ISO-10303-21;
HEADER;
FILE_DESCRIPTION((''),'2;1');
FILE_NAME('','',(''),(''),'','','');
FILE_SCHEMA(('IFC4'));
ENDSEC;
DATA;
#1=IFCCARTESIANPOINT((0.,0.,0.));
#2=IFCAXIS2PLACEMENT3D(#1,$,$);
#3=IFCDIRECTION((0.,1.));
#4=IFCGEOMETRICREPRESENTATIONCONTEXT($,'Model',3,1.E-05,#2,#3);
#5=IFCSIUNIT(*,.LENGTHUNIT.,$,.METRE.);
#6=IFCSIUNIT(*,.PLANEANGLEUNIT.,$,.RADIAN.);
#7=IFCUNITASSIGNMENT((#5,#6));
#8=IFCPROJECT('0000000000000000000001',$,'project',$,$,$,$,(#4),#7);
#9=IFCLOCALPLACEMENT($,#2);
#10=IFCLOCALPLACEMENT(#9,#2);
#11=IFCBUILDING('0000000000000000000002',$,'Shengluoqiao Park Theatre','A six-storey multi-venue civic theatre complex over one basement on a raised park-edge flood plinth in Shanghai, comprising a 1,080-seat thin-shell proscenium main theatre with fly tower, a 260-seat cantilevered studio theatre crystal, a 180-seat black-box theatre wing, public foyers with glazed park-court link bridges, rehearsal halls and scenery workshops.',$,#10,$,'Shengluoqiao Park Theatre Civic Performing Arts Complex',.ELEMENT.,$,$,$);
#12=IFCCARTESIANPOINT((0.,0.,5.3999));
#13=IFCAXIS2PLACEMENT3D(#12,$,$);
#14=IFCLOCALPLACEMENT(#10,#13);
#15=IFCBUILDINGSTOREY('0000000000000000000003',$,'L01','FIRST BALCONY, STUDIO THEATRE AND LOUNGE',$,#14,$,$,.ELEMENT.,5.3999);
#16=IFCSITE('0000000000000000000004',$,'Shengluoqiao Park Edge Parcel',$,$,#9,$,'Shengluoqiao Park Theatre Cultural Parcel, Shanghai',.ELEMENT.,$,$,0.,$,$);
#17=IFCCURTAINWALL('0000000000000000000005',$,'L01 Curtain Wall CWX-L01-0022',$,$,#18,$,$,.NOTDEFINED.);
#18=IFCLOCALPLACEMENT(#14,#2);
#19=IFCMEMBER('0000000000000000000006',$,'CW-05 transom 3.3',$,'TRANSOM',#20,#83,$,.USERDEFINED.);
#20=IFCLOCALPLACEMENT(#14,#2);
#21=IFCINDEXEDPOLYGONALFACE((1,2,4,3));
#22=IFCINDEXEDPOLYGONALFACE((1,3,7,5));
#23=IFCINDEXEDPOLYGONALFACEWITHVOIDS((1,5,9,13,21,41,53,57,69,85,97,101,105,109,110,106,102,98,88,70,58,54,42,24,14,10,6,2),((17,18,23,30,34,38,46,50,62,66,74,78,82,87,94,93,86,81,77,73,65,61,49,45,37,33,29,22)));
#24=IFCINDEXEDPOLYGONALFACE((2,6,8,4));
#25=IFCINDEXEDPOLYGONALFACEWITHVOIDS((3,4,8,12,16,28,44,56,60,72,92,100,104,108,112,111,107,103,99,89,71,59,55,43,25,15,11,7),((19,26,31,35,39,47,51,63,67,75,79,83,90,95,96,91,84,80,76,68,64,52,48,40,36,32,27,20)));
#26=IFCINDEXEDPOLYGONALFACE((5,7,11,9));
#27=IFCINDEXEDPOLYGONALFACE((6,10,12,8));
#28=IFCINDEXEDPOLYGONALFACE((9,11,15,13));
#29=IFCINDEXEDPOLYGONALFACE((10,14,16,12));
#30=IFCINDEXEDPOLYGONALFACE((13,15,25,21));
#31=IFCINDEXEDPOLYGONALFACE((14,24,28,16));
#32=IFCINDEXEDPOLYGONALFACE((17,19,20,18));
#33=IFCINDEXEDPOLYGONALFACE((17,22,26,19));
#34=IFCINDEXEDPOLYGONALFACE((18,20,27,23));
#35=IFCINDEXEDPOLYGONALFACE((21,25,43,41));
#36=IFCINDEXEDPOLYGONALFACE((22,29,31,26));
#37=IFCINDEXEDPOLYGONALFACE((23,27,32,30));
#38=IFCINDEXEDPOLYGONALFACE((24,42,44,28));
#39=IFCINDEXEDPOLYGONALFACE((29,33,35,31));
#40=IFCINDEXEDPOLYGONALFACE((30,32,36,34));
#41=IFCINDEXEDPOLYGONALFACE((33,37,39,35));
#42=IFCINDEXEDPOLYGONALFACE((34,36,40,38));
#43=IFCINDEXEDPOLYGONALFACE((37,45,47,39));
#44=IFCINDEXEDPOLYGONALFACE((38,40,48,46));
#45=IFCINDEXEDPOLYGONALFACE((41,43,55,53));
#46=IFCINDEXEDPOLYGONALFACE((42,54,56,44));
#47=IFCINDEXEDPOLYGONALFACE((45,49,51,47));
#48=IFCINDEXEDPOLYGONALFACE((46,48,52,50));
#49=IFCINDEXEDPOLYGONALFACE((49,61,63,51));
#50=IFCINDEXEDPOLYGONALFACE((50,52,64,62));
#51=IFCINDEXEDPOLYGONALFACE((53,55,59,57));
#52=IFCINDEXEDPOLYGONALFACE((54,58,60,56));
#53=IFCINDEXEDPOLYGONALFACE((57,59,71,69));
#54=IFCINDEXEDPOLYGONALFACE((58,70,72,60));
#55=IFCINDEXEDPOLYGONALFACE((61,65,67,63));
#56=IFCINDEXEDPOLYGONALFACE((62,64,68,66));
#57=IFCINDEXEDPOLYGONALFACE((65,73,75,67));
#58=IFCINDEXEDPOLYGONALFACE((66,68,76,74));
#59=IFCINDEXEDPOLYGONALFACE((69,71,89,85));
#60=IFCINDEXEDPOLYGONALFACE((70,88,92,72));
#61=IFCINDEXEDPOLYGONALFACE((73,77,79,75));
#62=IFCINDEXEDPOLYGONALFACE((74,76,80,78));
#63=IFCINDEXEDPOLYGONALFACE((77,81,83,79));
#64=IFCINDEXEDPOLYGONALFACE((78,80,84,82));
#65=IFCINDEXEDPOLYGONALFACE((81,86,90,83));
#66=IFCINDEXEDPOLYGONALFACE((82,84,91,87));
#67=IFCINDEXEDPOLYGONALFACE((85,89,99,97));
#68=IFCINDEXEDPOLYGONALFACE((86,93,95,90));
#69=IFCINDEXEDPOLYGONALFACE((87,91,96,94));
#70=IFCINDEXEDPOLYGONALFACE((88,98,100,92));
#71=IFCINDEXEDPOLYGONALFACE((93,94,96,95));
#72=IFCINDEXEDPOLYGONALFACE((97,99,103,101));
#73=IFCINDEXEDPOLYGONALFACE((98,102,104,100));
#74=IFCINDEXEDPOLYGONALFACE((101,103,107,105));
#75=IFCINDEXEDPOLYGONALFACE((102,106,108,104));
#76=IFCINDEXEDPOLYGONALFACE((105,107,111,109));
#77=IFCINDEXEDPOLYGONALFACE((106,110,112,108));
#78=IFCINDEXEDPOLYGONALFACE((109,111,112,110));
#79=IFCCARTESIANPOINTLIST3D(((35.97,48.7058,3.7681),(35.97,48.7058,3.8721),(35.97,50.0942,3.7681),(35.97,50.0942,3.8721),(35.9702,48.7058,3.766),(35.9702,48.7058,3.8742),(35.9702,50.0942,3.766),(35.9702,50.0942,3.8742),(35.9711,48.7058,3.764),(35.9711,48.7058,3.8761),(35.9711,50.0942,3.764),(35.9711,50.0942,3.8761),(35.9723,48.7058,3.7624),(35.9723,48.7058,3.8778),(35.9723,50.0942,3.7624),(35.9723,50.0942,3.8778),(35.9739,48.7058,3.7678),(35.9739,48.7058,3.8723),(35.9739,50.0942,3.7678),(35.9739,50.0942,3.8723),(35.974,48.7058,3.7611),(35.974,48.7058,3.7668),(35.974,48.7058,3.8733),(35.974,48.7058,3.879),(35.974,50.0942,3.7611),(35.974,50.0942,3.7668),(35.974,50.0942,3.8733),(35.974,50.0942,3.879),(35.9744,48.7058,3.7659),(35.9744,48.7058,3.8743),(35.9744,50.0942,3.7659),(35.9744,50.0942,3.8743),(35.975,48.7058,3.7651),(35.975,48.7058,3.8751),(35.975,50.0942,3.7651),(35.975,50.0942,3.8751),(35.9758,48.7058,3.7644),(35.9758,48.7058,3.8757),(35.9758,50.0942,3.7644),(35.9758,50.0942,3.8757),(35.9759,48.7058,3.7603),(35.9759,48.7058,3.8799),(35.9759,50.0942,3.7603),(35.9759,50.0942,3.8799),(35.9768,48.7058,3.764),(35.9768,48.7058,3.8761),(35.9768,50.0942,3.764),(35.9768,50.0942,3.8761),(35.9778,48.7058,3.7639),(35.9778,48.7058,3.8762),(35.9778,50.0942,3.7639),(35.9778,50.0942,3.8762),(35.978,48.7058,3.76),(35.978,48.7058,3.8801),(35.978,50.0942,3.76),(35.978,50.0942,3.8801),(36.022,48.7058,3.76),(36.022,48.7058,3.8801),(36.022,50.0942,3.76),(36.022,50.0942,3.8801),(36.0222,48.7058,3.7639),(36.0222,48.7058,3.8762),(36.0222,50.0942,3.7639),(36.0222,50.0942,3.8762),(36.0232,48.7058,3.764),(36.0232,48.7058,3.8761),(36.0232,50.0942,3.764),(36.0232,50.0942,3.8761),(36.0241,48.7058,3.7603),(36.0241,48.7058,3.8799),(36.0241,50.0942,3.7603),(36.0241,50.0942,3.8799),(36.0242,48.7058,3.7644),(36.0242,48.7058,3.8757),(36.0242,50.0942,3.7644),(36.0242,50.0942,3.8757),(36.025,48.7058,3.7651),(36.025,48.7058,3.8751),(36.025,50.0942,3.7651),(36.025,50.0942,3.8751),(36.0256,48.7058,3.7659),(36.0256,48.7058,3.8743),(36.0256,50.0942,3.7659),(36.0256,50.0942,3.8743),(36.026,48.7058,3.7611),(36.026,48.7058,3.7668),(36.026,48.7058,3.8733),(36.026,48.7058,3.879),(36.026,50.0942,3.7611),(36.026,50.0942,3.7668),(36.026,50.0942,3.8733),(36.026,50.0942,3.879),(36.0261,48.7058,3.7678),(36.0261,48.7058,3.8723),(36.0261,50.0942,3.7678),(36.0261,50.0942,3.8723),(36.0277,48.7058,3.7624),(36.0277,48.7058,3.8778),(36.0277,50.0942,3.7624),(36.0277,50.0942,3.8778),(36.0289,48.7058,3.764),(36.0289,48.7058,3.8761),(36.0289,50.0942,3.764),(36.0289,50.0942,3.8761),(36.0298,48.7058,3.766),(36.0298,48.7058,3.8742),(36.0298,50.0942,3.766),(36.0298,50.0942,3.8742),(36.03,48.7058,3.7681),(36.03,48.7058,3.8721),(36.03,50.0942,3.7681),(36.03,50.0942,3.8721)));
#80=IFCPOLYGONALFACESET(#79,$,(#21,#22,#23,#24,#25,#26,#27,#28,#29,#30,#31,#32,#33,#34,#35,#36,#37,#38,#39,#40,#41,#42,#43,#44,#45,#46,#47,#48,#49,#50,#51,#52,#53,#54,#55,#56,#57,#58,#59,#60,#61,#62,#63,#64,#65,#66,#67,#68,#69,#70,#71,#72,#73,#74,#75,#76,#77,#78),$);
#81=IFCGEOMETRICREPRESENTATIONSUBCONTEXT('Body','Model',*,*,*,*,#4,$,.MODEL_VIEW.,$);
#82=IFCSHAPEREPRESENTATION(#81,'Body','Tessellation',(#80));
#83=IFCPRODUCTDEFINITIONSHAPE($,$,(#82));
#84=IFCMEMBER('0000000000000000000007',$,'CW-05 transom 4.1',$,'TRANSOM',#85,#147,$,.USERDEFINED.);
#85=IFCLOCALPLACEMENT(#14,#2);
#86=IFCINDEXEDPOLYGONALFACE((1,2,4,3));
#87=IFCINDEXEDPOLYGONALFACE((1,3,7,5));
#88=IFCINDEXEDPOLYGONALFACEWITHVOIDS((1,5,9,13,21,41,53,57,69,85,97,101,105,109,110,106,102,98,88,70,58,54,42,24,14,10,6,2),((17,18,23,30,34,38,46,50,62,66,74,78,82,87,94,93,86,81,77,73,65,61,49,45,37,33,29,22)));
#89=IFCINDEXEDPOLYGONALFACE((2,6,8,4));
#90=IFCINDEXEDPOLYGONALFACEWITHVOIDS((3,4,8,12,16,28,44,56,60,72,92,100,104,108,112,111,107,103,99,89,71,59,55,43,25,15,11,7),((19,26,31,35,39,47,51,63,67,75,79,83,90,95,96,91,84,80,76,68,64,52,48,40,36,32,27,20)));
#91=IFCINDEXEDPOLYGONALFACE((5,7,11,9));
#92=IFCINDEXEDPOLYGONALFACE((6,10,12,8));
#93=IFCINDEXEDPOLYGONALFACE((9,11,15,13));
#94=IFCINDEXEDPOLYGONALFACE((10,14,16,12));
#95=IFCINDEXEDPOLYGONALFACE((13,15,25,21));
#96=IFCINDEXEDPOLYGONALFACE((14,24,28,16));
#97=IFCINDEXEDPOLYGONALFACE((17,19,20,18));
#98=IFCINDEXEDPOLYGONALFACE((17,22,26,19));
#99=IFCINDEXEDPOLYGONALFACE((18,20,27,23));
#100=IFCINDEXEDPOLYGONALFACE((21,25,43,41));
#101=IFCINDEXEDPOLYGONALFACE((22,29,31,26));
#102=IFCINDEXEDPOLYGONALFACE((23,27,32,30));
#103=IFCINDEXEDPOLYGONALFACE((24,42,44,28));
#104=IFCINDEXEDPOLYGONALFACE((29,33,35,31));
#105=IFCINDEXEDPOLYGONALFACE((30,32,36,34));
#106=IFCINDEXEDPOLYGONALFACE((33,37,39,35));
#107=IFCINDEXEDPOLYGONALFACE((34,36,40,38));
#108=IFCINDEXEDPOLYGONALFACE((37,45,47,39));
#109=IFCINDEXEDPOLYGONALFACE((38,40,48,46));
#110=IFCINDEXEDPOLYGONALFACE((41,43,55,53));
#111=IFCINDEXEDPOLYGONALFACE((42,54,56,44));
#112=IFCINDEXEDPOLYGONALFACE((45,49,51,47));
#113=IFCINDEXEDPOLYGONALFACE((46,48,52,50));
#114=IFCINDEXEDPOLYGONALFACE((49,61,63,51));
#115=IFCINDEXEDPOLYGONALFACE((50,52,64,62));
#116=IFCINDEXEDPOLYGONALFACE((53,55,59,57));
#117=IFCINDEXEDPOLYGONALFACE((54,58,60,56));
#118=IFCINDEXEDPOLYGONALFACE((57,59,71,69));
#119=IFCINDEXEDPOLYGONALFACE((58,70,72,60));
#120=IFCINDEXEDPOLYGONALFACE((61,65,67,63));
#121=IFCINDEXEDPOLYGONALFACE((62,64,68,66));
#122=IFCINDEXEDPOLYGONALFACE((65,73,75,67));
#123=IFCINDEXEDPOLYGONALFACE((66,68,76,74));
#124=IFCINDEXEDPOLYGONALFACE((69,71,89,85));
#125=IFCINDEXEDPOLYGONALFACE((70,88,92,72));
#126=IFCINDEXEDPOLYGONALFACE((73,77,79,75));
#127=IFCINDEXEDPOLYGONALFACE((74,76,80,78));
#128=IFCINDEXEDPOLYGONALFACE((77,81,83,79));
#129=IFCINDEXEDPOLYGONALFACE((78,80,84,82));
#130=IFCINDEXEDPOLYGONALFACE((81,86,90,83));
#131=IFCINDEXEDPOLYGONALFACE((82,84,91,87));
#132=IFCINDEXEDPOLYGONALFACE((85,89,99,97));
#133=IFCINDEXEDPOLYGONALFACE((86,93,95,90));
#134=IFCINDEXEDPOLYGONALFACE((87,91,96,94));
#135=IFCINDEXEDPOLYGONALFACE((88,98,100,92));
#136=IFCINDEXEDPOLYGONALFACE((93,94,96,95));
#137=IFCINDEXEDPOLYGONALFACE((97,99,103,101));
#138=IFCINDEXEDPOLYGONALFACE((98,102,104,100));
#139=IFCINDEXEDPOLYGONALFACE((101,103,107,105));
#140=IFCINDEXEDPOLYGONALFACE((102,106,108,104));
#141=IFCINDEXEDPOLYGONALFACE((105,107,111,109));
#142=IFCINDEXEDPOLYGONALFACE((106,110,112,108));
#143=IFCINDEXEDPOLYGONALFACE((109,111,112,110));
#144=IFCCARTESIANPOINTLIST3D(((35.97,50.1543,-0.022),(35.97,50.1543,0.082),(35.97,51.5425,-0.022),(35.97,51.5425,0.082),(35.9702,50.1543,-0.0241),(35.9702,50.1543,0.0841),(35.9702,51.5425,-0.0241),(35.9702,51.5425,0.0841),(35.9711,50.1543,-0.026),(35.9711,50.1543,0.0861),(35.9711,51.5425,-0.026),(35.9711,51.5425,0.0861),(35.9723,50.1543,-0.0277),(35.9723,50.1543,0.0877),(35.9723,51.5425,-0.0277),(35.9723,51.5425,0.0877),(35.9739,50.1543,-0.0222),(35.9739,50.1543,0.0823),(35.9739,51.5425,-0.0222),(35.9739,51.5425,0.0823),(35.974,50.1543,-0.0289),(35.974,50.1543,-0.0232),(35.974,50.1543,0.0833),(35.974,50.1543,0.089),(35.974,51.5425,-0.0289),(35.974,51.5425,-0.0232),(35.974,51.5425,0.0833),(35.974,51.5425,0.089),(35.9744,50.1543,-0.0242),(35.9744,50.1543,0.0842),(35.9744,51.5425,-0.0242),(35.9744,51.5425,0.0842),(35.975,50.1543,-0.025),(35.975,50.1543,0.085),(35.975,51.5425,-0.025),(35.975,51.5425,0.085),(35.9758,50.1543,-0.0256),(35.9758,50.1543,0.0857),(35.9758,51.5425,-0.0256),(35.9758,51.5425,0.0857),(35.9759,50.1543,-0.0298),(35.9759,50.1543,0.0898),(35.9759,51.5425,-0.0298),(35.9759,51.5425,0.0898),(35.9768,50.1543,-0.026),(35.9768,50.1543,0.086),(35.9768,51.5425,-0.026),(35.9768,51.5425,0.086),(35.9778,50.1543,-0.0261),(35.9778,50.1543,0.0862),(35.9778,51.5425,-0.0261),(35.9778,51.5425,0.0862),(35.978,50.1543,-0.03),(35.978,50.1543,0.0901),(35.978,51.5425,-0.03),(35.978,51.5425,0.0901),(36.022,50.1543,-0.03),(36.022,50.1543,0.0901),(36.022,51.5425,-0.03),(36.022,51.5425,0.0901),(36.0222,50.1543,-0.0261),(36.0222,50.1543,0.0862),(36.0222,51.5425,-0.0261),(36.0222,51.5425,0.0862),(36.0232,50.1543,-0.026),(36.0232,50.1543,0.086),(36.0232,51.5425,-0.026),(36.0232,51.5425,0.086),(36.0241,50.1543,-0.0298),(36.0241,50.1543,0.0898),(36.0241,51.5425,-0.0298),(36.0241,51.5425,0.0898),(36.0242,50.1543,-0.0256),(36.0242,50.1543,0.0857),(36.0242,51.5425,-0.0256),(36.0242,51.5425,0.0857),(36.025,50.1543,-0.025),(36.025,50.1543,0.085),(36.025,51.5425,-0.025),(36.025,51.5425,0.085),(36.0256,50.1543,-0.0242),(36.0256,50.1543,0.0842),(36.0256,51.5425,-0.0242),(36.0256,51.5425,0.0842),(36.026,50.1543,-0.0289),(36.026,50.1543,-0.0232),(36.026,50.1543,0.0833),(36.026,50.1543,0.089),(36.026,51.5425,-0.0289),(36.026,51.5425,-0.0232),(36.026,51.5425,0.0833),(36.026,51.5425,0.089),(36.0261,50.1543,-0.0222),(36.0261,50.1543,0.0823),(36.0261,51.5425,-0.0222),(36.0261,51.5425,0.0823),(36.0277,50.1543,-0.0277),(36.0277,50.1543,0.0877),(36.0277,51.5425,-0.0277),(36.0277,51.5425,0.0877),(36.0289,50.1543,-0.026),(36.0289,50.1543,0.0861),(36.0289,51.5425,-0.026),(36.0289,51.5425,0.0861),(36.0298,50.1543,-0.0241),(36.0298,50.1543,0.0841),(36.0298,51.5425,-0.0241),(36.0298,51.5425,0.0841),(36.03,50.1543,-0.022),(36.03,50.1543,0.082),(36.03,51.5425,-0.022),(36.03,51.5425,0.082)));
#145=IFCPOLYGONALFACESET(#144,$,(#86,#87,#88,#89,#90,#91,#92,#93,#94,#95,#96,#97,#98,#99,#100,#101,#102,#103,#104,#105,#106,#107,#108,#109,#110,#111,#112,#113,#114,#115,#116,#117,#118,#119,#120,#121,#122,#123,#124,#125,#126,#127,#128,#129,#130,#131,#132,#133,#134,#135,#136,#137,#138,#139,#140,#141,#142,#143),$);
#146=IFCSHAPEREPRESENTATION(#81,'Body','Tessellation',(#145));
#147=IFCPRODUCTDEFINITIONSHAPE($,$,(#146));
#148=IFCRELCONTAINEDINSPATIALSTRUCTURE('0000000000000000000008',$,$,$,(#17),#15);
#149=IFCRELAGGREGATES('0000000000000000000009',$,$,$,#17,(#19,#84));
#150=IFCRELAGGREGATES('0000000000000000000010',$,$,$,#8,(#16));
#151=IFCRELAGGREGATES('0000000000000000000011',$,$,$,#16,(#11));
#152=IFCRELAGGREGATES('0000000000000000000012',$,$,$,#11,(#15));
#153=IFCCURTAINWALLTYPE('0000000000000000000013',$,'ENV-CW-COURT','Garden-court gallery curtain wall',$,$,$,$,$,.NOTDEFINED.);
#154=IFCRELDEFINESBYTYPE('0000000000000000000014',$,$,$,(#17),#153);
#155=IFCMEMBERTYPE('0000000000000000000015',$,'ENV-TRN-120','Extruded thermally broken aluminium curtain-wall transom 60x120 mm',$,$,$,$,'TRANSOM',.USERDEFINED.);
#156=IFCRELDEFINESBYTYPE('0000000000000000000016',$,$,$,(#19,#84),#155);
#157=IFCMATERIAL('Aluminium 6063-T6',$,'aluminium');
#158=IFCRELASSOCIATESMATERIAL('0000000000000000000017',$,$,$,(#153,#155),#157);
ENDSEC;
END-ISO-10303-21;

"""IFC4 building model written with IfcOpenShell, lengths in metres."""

from ifc_helpers import new_model, si_unit, direction, frame, origin, origin_2d, place, context, subcontext, project, spatial, hollow_rectangle, extrude, material, material_profile, profile_set, type_object, element, aggregate, save


model = new_model("IFC4")

# Units and contexts
model_context = context("Model", 3, precision=1e-05, world=origin(), true_north=direction((0.0, 1.0)))
body_context = subcontext(model_context, "Body", "Model", "MODEL_VIEW")
ifc_project = project(units=[si_unit("LENGTHUNIT", "METRE"), si_unit("PLANEANGLEUNIT", "RADIAN")], contexts=[model_context])

# Site, building, storey
site_placement = place(None, origin())
site = spatial("IfcSite", under=ifc_project, at=site_placement, Name="Shengluoqiao Park Edge Parcel", LongName="Shengluoqiao Park Theatre Cultural Parcel, Shanghai", CompositionType="ELEMENT", RefElevation=0.0)
building_placement = place(site_placement, origin())
building = spatial("IfcBuilding", under=site, at=building_placement, Name="Shengluoqiao Park Theatre", Description="A six-storey multi-venue civic theatre complex over one basement on a raised park-edge flood plinth in Shanghai, comprising a 1,080-seat thin-shell proscenium main theatre with fly tower, a 260-seat cantilevered studio theatre crystal, a 180-seat black-box theatre wing, public foyers with glazed park-court link bridges, rehearsal halls and scenery workshops.", LongName="Shengluoqiao Park Theatre Civic Performing Arts Complex", CompositionType="ELEMENT")
storey_placement = place(building_placement, frame((0.0, 0.0, 5.3999)))
storey = spatial("IfcBuildingStorey", under=building, at=storey_placement, Name="L01", Description="FIRST BALCONY, STUDIO THEATRE AND LOUNGE", CompositionType="ELEMENT", Elevation=5.3999)

# Curtain wall
ifc_material_1 = material(Name="Aluminium 6063-T6", Category="aluminium")
curtain_wall_type_1 = type_object("IfcCurtainWallType", Name="ENV-CW-COURT", Description="Garden-court gallery curtain wall", PredefinedType="NOTDEFINED", material=ifc_material_1)
curtain_wall_1_placement = place(storey_placement, origin())
curtain_wall_1 = element("IfcCurtainWall", 1, at=curtain_wall_1_placement, inside=storey, type_object=curtain_wall_type_1, Name="L01 Curtain Wall CWX-L01-0022", PredefinedType="NOTDEFINED")

# Members
ifc_material_profile_1 = material_profile(ifc_material_1, hollow_rectangle(XDim=0.0601, YDim=0.1201, WallThickness=0.0039, InnerFilletRadius=0.0039, OuterFilletRadius=0.0081, at=origin_2d()), Name="ALU TRANSOM 120x60x4")
ifc_profile_set_1 = profile_set([ifc_material_profile_1], Name="Aluminium 6063-T6")
member_type_1 = type_object("IfcMemberType", Name="ENV-TRN-120", Description="Extruded thermally broken aluminium curtain-wall transom 60x120 mm", ElementType="TRANSOM", PredefinedType="USERDEFINED", material=ifc_profile_set_1)
member_1_placement = place(storey_placement, frame((36.0, 48.7058, 3.8201), z_axis=(0.0, 1.0, 0.0), x_axis=(-1.0, 0.0, 0.0)))
member_1 = element("IfcMember", 2, at=member_1_placement, type_object=member_type_1, Name="CW-05 transom 3.3", ObjectType="TRANSOM", PredefinedType="USERDEFINED", context=body_context, shape_type="SweptSolid", body=[
    extrude(hollow_rectangle(XDim=0.0601, YDim=0.1201, WallThickness=0.0039, InnerFilletRadius=0.0039, OuterFilletRadius=0.0081, at=origin_2d()), origin(), (0.0, 0.0, 1.0), 1.3884),
])
member_2_placement = place(storey_placement, frame((36.0, 50.1543, 0.03), z_axis=(0.0, 1.0, 0.0), x_axis=(-1.0, 0.0, 0.0)))
member_2 = element("IfcMember", 3, at=member_2_placement, type_object=member_type_1, Name="CW-05 transom 4.1", ObjectType="TRANSOM", PredefinedType="USERDEFINED", context=body_context, shape_type="SweptSolid", body=[
    extrude(hollow_rectangle(XDim=0.0601, YDim=0.1201, WallThickness=0.0039, InnerFilletRadius=0.0039, OuterFilletRadius=0.0081, at=origin_2d()), origin(), (0.0, 0.0, 1.0), 1.3882),
])

aggregate(curtain_wall_1, [member_1, member_2])

save(model, "model.ifc")
